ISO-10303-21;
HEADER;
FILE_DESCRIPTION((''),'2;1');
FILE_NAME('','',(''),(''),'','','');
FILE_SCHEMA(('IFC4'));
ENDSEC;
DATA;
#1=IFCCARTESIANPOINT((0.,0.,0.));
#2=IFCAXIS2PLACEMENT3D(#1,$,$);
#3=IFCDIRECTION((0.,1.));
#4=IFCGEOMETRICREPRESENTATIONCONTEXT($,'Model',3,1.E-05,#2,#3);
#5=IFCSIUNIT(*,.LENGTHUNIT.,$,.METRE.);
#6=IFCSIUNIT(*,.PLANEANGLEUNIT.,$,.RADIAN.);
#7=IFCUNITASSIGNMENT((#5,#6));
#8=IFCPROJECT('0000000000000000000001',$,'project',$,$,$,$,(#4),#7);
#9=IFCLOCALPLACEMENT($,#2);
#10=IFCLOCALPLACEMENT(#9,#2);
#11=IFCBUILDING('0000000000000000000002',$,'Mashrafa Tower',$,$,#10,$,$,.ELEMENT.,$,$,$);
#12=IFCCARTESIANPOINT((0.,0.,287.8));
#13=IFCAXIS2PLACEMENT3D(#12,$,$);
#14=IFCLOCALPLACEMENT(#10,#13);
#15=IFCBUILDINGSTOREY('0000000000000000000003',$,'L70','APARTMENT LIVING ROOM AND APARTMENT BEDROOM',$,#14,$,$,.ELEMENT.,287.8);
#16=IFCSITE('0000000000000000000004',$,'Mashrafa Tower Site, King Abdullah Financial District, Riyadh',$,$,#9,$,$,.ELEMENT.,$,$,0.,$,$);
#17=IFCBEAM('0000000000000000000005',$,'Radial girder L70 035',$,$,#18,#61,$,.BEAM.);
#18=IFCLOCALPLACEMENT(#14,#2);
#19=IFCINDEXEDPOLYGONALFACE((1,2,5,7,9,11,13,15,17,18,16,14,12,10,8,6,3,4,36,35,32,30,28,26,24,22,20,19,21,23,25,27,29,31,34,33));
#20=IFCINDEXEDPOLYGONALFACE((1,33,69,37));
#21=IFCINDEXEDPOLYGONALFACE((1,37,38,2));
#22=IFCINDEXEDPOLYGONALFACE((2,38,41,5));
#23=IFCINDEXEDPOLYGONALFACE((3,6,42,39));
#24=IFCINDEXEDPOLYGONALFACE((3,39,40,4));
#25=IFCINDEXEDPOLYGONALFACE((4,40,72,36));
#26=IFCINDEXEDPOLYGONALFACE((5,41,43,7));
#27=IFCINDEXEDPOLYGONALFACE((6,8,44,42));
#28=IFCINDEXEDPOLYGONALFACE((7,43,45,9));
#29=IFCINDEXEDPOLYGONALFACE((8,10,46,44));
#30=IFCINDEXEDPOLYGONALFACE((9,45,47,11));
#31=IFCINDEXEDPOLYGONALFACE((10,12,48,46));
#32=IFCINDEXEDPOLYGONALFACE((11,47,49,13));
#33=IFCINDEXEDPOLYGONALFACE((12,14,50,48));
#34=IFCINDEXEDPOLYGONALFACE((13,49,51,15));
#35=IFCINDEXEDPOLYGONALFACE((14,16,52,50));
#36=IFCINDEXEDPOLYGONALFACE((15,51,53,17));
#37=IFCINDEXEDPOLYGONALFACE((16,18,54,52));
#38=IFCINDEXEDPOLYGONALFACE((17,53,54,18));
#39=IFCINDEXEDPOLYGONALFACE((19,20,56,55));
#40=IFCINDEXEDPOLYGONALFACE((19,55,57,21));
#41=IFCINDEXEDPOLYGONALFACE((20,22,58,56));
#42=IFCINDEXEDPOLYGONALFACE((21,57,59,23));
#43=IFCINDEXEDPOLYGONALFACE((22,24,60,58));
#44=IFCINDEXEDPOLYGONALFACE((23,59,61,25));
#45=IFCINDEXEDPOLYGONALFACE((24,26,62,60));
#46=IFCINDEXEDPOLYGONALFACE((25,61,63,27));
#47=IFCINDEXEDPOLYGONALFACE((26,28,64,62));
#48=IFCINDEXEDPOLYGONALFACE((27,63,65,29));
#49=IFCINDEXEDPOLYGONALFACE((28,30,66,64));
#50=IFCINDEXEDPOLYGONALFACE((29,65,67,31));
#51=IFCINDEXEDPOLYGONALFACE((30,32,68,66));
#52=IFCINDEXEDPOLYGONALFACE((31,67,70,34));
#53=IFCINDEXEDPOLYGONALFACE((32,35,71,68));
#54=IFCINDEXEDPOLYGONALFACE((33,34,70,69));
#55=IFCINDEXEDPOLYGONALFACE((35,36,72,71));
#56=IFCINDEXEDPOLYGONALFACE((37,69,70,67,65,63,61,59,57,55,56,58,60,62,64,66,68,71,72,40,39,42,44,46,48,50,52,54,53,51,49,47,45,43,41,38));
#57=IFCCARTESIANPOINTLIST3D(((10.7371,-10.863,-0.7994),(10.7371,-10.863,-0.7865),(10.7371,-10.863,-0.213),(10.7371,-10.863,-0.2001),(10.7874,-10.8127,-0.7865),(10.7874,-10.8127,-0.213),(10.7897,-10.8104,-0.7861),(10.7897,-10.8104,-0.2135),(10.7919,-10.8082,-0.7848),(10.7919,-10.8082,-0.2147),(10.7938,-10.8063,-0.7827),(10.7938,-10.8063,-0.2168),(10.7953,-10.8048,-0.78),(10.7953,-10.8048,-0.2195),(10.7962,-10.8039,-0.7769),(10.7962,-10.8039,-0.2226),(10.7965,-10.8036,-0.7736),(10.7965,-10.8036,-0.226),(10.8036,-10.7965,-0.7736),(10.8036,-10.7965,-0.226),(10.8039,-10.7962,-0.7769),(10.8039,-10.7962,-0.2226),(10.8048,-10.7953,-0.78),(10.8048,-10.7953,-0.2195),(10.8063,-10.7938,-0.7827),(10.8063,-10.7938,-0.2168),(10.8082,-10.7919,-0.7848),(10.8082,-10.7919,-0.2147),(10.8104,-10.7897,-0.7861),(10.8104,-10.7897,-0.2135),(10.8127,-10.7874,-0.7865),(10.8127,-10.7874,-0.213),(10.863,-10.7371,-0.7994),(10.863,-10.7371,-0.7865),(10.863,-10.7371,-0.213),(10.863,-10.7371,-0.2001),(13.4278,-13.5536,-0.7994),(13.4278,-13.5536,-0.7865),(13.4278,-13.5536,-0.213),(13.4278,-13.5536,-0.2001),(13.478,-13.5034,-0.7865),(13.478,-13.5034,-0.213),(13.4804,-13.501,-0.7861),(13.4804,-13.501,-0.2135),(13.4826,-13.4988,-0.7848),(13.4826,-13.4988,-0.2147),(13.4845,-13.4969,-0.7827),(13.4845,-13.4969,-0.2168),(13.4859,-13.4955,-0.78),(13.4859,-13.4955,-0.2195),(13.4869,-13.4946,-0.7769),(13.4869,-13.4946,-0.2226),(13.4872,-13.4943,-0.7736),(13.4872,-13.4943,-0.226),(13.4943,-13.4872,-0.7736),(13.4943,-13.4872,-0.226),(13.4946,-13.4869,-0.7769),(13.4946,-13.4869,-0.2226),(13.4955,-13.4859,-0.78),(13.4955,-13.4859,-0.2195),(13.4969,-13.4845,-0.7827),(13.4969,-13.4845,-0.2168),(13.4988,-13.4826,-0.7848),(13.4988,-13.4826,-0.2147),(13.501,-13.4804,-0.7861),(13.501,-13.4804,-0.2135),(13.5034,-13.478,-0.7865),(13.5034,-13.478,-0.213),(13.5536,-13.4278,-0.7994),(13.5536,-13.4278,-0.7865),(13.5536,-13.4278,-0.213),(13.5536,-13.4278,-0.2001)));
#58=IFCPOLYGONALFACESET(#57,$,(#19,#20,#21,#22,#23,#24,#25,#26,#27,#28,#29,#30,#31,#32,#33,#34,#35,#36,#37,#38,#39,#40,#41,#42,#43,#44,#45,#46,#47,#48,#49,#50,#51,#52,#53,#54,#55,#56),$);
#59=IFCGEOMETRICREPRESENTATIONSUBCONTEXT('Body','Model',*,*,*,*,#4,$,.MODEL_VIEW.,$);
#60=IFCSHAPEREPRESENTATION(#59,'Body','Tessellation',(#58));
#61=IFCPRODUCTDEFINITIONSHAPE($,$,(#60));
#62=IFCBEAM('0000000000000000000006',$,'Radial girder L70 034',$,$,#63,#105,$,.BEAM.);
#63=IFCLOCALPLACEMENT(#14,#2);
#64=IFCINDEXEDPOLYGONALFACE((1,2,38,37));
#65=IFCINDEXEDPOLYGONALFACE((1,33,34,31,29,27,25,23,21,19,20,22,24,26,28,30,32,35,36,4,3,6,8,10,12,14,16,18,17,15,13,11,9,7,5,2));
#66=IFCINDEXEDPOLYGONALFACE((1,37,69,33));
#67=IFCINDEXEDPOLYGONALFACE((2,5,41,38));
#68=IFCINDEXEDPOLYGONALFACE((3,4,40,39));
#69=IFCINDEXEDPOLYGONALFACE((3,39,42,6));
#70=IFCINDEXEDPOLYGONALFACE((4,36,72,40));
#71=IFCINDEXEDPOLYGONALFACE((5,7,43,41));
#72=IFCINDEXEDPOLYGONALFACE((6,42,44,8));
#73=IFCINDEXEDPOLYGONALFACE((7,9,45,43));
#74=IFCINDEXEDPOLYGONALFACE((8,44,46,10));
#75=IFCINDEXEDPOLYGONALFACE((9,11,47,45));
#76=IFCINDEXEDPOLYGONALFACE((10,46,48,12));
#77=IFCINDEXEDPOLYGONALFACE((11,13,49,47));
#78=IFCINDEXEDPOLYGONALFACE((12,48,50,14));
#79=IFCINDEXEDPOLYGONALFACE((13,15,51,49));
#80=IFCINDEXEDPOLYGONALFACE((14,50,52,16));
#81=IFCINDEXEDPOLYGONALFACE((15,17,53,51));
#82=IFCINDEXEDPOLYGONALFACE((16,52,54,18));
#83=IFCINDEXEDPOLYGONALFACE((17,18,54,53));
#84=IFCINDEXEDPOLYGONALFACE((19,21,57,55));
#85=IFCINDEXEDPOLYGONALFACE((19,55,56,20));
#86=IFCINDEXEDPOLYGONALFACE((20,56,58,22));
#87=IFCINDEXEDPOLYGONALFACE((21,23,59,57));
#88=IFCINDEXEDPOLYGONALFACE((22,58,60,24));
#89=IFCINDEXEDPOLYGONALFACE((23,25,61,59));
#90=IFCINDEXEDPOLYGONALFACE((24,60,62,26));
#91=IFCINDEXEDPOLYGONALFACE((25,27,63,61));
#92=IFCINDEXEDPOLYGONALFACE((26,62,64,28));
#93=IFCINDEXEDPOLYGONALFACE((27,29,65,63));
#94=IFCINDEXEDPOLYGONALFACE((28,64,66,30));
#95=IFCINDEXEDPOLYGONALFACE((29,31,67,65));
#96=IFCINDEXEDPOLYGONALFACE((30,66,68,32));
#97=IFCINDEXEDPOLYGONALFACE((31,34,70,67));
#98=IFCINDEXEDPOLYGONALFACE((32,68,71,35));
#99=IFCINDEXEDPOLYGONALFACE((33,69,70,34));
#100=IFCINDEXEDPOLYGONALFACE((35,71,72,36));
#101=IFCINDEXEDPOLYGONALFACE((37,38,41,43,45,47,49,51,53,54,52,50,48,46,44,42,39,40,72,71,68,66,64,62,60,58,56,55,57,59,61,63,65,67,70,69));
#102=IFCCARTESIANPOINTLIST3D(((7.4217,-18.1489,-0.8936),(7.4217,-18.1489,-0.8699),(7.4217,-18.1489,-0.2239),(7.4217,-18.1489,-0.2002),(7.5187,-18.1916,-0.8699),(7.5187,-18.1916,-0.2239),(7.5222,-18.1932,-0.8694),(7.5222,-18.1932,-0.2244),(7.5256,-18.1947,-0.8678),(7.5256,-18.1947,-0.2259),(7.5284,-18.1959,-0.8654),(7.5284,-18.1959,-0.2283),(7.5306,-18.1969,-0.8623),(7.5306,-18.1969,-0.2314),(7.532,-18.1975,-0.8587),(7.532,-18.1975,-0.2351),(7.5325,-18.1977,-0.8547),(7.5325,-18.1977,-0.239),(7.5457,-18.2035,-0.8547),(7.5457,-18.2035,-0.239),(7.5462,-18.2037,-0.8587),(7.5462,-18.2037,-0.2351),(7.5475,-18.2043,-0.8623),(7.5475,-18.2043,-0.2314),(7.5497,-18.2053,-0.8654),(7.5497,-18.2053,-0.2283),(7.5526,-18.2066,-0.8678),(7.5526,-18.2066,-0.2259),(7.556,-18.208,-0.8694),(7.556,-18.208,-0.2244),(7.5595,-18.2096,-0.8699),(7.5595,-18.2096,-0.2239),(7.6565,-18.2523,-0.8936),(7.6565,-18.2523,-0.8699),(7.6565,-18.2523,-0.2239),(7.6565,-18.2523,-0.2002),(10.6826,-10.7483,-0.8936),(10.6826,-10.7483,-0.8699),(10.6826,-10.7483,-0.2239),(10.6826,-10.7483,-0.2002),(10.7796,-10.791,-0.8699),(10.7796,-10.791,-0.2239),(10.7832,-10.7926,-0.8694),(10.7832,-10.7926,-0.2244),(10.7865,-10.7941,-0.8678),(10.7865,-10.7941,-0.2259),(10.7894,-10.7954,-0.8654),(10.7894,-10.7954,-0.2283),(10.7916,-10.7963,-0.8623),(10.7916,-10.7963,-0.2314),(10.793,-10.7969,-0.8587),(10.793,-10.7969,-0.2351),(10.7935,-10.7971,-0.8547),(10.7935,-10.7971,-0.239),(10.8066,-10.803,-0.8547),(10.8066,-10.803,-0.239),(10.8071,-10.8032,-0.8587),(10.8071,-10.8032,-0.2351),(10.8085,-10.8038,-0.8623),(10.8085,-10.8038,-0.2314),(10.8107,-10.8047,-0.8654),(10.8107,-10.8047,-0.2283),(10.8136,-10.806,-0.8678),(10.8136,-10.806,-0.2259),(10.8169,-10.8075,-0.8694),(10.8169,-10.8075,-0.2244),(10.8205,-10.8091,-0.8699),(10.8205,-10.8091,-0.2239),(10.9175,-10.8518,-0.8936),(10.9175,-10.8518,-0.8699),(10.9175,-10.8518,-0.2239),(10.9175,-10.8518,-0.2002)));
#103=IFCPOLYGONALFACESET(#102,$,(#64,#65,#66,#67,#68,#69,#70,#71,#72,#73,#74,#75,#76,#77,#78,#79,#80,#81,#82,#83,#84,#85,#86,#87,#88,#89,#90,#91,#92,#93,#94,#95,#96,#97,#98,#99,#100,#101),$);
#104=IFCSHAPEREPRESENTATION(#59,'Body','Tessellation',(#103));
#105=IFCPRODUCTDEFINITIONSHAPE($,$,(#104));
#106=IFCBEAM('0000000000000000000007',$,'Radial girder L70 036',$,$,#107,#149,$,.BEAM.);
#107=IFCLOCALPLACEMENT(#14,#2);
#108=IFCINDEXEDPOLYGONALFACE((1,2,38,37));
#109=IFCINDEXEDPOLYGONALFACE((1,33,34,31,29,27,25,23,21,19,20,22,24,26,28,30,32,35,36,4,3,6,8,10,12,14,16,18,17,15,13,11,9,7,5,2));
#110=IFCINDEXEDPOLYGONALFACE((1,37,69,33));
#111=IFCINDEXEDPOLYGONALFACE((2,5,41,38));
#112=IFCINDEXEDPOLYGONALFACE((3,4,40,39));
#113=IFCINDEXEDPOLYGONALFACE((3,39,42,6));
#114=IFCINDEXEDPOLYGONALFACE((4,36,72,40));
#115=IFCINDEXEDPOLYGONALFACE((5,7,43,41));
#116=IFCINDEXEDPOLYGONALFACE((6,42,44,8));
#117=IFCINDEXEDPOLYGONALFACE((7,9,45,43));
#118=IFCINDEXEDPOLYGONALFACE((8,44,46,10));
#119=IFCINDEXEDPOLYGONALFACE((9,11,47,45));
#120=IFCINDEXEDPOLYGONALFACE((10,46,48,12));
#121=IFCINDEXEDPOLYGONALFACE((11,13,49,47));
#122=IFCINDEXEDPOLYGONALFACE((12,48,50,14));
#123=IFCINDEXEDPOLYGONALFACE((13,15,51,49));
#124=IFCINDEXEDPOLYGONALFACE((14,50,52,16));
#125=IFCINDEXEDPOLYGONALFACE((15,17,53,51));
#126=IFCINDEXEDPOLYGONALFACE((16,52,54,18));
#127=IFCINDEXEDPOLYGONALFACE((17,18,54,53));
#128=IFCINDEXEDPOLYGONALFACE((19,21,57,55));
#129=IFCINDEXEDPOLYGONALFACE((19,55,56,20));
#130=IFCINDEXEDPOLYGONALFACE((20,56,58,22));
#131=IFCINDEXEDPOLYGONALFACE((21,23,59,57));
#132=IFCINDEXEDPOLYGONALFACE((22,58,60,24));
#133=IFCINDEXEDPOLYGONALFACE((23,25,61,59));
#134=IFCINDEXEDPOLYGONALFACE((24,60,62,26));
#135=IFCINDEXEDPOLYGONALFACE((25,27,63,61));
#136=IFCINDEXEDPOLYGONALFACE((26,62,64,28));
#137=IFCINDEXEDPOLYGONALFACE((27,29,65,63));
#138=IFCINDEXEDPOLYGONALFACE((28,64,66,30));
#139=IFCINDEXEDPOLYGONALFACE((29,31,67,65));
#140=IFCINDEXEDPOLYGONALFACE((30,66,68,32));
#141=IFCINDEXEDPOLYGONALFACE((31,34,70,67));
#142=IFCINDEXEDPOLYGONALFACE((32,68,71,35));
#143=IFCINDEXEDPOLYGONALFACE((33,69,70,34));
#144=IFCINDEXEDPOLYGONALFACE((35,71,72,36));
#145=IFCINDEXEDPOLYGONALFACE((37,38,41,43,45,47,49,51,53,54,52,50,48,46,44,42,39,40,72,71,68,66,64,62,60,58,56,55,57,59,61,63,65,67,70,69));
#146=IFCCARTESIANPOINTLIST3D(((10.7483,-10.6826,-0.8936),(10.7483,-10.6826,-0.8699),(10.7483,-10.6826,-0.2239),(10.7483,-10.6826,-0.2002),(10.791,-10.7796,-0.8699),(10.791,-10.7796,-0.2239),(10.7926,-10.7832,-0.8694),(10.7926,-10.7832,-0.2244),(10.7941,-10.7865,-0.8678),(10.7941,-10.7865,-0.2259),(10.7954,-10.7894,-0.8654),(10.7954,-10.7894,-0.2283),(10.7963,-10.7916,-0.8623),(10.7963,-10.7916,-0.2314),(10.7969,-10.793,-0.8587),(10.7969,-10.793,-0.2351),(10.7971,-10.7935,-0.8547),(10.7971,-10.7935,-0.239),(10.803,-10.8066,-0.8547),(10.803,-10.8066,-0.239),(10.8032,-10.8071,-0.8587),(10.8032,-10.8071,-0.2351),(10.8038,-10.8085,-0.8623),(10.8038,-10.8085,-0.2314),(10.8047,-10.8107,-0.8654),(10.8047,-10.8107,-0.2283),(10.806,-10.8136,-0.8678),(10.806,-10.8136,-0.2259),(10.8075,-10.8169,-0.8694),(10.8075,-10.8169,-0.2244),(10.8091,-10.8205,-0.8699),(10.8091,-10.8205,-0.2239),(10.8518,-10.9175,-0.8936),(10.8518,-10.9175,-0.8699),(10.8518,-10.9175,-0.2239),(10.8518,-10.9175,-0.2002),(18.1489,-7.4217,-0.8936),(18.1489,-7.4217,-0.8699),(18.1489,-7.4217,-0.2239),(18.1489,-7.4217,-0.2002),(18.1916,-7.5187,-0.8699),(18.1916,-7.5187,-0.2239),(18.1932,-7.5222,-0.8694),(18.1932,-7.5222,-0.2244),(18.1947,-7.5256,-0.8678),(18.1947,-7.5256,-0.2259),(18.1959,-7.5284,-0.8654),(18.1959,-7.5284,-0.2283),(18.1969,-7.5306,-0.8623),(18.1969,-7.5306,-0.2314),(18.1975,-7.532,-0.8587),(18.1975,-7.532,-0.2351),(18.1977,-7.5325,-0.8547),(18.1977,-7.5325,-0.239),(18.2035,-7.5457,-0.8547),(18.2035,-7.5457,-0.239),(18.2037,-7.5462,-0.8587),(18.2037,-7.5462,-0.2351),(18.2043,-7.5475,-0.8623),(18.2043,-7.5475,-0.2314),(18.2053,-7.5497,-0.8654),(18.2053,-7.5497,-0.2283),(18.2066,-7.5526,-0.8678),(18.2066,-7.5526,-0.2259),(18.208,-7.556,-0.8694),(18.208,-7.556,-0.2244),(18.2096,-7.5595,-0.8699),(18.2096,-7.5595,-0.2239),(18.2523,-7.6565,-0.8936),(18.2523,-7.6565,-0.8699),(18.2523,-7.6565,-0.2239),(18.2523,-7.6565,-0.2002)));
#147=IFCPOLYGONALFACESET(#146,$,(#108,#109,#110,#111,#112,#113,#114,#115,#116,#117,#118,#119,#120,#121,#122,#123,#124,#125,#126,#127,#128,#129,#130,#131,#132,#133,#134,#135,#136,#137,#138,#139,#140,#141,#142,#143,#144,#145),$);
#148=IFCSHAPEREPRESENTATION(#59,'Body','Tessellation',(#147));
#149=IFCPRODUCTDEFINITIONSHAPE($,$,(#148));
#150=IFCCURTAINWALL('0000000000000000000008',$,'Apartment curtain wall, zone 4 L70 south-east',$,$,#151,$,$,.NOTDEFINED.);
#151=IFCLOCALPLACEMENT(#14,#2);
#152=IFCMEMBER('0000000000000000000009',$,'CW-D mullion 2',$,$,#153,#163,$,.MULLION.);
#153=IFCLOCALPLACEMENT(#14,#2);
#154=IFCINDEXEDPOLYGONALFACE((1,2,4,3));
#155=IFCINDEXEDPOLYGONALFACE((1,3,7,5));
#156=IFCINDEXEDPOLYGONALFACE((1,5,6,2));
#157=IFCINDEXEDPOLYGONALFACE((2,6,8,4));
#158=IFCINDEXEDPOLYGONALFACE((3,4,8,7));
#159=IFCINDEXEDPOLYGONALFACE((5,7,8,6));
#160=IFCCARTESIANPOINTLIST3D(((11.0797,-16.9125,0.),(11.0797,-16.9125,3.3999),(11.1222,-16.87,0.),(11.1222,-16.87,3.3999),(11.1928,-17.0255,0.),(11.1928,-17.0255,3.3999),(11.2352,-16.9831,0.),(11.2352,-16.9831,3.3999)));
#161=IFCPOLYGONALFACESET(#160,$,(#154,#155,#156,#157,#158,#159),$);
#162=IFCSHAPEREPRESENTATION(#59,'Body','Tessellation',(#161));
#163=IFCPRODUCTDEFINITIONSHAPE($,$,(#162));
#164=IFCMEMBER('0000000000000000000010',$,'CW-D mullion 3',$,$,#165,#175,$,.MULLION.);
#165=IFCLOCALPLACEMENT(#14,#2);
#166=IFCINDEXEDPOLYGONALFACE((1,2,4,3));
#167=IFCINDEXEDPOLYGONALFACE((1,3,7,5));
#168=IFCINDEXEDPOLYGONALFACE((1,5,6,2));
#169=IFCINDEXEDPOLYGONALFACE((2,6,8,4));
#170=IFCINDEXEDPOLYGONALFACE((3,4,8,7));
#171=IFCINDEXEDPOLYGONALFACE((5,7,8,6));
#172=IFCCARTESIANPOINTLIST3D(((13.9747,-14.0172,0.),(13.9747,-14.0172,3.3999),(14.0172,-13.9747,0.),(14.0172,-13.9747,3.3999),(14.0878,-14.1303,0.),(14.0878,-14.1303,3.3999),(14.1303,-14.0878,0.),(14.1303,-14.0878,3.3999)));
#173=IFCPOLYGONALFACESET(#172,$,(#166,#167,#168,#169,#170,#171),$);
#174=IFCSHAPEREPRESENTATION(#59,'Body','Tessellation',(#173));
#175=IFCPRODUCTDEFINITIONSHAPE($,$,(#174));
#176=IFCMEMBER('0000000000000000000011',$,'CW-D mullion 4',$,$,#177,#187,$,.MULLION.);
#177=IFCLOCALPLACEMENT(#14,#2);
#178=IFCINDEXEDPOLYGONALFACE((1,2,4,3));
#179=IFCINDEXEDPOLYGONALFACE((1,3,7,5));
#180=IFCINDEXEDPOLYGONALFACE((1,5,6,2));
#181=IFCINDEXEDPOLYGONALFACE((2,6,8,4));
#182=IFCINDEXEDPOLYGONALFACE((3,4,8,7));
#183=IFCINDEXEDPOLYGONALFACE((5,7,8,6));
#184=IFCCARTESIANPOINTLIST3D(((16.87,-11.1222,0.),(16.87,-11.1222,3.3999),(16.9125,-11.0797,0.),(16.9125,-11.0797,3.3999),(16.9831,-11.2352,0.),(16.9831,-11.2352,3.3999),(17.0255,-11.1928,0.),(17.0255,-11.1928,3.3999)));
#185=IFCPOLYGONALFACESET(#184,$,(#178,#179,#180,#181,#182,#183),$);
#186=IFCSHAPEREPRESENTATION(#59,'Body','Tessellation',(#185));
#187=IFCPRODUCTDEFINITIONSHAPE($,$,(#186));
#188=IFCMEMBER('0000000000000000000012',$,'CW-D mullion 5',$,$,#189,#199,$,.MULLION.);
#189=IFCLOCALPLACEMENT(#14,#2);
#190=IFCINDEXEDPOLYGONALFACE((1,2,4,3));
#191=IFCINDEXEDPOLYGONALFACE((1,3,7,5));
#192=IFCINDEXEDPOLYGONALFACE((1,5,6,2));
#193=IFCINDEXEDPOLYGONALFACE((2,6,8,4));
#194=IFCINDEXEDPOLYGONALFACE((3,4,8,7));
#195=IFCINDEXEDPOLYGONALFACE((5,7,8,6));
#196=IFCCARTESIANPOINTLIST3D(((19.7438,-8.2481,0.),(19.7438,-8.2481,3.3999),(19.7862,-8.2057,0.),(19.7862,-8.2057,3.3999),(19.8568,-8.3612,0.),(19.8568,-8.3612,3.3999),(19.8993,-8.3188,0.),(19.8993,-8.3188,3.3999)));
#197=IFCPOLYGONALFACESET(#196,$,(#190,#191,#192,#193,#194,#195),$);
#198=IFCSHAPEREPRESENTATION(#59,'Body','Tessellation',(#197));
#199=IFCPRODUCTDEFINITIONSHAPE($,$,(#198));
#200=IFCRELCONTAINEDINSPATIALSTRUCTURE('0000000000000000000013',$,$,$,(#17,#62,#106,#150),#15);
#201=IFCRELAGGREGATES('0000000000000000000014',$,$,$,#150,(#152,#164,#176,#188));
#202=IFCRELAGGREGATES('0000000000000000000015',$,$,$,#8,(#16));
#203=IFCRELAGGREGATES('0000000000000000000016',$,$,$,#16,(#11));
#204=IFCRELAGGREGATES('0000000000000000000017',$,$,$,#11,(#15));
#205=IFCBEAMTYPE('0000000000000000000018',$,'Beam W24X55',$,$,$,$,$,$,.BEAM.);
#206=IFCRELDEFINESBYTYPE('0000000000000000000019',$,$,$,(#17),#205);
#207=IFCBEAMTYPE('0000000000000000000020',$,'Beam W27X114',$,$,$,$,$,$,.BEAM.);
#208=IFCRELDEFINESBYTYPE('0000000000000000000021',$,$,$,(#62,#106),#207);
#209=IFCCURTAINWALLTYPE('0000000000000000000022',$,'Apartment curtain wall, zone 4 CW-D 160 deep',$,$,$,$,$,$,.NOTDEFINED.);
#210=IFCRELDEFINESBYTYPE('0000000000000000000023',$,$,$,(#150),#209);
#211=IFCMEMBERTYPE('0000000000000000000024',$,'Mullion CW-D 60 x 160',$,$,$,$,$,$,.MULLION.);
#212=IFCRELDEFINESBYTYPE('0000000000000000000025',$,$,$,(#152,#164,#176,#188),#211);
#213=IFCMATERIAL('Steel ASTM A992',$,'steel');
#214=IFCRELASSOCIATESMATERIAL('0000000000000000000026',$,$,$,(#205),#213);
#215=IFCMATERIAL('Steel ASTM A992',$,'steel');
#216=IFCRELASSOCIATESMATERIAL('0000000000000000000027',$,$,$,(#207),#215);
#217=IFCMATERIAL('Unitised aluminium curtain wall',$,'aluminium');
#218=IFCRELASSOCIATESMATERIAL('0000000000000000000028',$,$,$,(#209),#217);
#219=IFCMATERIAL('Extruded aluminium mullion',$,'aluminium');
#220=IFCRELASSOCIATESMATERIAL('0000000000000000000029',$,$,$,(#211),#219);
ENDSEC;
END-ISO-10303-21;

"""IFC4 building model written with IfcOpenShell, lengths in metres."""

from ifc_helpers import new_model, si_unit, direction, frame, origin, origin_2d, place, context, subcontext, project, spatial, rectangle, i_section, extrude, source, transform, mapped, material, material_profile, profile_set, type_object, type_shapes, element, aggregate, save


model = new_model("IFC4")

# Units and contexts
model_context = context("Model", 3, precision=1e-05, world=origin(), true_north=direction((0.0, 1.0)))
body_context = subcontext(model_context, "Body", "Model", "MODEL_VIEW")
ifc_project = project(units=[si_unit("LENGTHUNIT", "METRE"), si_unit("PLANEANGLEUNIT", "RADIAN")], contexts=[model_context])

# Site, building, storey
site_placement = place(None, origin())
site = spatial("IfcSite", under=ifc_project, at=site_placement, Name="Mashrafa Tower Site, King Abdullah Financial District, Riyadh", CompositionType="ELEMENT", RefElevation=0.0)
building_placement = place(site_placement, origin())
building = spatial("IfcBuilding", under=site, at=building_placement, Name="Mashrafa Tower", CompositionType="ELEMENT")
storey_placement = place(building_placement, frame((0.0, 0.0, 287.8)))
storey = spatial("IfcBuildingStorey", under=building, at=storey_placement, Name="L70", Description="APARTMENT LIVING ROOM AND APARTMENT BEDROOM", CompositionType="ELEMENT", Elevation=287.8)

# Beams
ifc_material_1 = material(Name="Steel ASTM A992", Category="steel")
ifc_material_profile_1 = material_profile(ifc_material_1, i_section(OverallWidth=0.178, OverallDepth=0.5994, WebThickness=0.01, FlangeThickness=0.0129, FilletRadius=0.0129, at=origin_2d()), Name="W24X55")
ifc_profile_set_1 = profile_set([ifc_material_profile_1], Name="Steel ASTM A992")
beam_type_1 = type_object("IfcBeamType", Name="Beam W24X55", PredefinedType="BEAM", material=ifc_profile_set_1)
beam_1_placement = place(storey_placement, frame((10.8, -10.8, -0.4998), z_axis=(0.707107, -0.707107, 0.0), x_axis=(0.707107, 0.707107, 0.0)))
element("IfcBeam", 1, at=beam_1_placement, inside=storey, type_object=beam_type_1, Name="Radial girder L70 035", PredefinedType="BEAM", context=body_context, shape_type="SweptSolid", body=[
    extrude(i_section(OverallWidth=0.178, OverallDepth=0.5994, WebThickness=0.01, FlangeThickness=0.0129, FilletRadius=0.0129, at=origin_2d()), origin(), (0.0, 0.0, 1.0), 3.8052),
])
ifc_material_2 = material(Name="Steel ASTM A992", Category="steel")
ifc_material_profile_2 = material_profile(ifc_material_2, i_section(OverallWidth=0.2566, OverallDepth=0.6934, WebThickness=0.0144, FlangeThickness=0.0237, FilletRadius=0.0151, at=origin_2d()), Name="W27X114")
ifc_profile_set_2 = profile_set([ifc_material_profile_2], Name="Steel ASTM A992")
beam_type_2 = type_object("IfcBeamType", Name="Beam W27X114", PredefinedType="BEAM", material=ifc_profile_set_2)
for number, where, z_axis, x_axis, name in (
    (2, (10.8, -10.8, -0.5469), (-0.403226, -0.9151, 0.0), (0.9151, -0.403226, 0.0), "Radial girder L70 034"),
    (3, (10.8, -10.8, -0.5469), (0.9151, 0.403226, 0.0), (-0.403226, 0.9151, 0.0), "Radial girder L70 036"),
):
    element("IfcBeam", number, at=place(storey_placement, frame(where, z_axis=z_axis, x_axis=x_axis)), inside=storey, type_object=beam_type_2, Name=name, PredefinedType="BEAM", context=body_context, shape_type="SweptSolid", body=[
        extrude(i_section(OverallWidth=0.2566, OverallDepth=0.6934, WebThickness=0.0144, FlangeThickness=0.0237, FilletRadius=0.0151, at=origin_2d()), origin(), (0.0, 0.0, 1.0), 8.0872),
    ])

# Curtain wall, members
ifc_material_3 = material(Name="Unitised aluminium curtain wall", Category="aluminium")
curtain_wall_type = type_object("IfcCurtainWallType", Name="Apartment curtain wall, zone 4 CW-D 160 deep", PredefinedType="NOTDEFINED", material=ifc_material_3)
curtain_wall_placement = place(storey_placement, origin())
curtain_wall = element("IfcCurtainWall", 4, at=curtain_wall_placement, inside=storey, type_object=curtain_wall_type, Name="Apartment curtain wall, zone 4 L70 south-east", PredefinedType="NOTDEFINED")
ifc_material_4 = material(Name="Extruded aluminium mullion", Category="aluminium")
ifc_material_profile_3 = material_profile(ifc_material_4, rectangle(XDim=0.1599, YDim=0.0601, at=origin_2d()), Name="Mullion 60x160")
ifc_profile_set_3 = profile_set([ifc_material_profile_3], Name="Extruded aluminium mullion")
member_type_1 = type_object("IfcMemberType", Name="Mullion CW-D 60 x 160", PredefinedType="MULLION", material=ifc_profile_set_3)
shared_shape_1 = source(origin(), body_context, "Body", "SweptSolid", [
    extrude(rectangle(XDim=0.1599, YDim=0.0601, at=origin_2d()), origin(), (0.0, 0.0, 1.0), 3.3999),
])
type_shapes(member_type_1, [shared_shape_1])
member_1_placement = place(storey_placement, frame((11.1575, -16.9478, 0.0), z_axis=(0.0, 0.0, 1.0), x_axis=(-0.707107, 0.707107, 0.0)))
member_1 = element("IfcMember", 5, at=member_1_placement, type_object=member_type_1, Name="CW-D mullion 2", PredefinedType="MULLION", context=body_context, shape_type="MappedRepresentation", body=[
    mapped(shared_shape_1, transform((0.0, 0.0, 0.0))),
])
member_2_placement = place(storey_placement, frame((14.0525, -14.0525, 0.0), z_axis=(0.0, 0.0, 1.0), x_axis=(-0.707107, 0.707107, 0.0)))
member_2 = element("IfcMember", 6, at=member_2_placement, type_object=member_type_1, Name="CW-D mullion 3", PredefinedType="MULLION", context=body_context, shape_type="MappedRepresentation", body=[
    mapped(shared_shape_1, transform((0.0, 0.0, 0.0))),
])
member_3_placement = place(storey_placement, frame((16.9478, -11.1575, 0.0), z_axis=(0.0, 0.0, 1.0), x_axis=(-0.707107, 0.707107, 0.0)))
member_3 = element("IfcMember", 7, at=member_3_placement, type_object=member_type_1, Name="CW-D mullion 4", PredefinedType="MULLION", context=body_context, shape_type="MappedRepresentation", body=[
    mapped(shared_shape_1, transform((0.0, 0.0, 0.0))),
])
member_4_placement = place(storey_placement, frame((19.8215, -8.2834, 0.0), z_axis=(0.0, 0.0, 1.0), x_axis=(-0.707107, 0.707107, 0.0)))
member_4 = element("IfcMember", 8, at=member_4_placement, type_object=member_type_1, Name="CW-D mullion 5", PredefinedType="MULLION", context=body_context, shape_type="MappedRepresentation", body=[
    mapped(shared_shape_1, transform((0.0, 0.0, 0.0))),
])
aggregate(curtain_wall, [member_1, member_2, member_3, member_4])

save(model, "model.ifc")
